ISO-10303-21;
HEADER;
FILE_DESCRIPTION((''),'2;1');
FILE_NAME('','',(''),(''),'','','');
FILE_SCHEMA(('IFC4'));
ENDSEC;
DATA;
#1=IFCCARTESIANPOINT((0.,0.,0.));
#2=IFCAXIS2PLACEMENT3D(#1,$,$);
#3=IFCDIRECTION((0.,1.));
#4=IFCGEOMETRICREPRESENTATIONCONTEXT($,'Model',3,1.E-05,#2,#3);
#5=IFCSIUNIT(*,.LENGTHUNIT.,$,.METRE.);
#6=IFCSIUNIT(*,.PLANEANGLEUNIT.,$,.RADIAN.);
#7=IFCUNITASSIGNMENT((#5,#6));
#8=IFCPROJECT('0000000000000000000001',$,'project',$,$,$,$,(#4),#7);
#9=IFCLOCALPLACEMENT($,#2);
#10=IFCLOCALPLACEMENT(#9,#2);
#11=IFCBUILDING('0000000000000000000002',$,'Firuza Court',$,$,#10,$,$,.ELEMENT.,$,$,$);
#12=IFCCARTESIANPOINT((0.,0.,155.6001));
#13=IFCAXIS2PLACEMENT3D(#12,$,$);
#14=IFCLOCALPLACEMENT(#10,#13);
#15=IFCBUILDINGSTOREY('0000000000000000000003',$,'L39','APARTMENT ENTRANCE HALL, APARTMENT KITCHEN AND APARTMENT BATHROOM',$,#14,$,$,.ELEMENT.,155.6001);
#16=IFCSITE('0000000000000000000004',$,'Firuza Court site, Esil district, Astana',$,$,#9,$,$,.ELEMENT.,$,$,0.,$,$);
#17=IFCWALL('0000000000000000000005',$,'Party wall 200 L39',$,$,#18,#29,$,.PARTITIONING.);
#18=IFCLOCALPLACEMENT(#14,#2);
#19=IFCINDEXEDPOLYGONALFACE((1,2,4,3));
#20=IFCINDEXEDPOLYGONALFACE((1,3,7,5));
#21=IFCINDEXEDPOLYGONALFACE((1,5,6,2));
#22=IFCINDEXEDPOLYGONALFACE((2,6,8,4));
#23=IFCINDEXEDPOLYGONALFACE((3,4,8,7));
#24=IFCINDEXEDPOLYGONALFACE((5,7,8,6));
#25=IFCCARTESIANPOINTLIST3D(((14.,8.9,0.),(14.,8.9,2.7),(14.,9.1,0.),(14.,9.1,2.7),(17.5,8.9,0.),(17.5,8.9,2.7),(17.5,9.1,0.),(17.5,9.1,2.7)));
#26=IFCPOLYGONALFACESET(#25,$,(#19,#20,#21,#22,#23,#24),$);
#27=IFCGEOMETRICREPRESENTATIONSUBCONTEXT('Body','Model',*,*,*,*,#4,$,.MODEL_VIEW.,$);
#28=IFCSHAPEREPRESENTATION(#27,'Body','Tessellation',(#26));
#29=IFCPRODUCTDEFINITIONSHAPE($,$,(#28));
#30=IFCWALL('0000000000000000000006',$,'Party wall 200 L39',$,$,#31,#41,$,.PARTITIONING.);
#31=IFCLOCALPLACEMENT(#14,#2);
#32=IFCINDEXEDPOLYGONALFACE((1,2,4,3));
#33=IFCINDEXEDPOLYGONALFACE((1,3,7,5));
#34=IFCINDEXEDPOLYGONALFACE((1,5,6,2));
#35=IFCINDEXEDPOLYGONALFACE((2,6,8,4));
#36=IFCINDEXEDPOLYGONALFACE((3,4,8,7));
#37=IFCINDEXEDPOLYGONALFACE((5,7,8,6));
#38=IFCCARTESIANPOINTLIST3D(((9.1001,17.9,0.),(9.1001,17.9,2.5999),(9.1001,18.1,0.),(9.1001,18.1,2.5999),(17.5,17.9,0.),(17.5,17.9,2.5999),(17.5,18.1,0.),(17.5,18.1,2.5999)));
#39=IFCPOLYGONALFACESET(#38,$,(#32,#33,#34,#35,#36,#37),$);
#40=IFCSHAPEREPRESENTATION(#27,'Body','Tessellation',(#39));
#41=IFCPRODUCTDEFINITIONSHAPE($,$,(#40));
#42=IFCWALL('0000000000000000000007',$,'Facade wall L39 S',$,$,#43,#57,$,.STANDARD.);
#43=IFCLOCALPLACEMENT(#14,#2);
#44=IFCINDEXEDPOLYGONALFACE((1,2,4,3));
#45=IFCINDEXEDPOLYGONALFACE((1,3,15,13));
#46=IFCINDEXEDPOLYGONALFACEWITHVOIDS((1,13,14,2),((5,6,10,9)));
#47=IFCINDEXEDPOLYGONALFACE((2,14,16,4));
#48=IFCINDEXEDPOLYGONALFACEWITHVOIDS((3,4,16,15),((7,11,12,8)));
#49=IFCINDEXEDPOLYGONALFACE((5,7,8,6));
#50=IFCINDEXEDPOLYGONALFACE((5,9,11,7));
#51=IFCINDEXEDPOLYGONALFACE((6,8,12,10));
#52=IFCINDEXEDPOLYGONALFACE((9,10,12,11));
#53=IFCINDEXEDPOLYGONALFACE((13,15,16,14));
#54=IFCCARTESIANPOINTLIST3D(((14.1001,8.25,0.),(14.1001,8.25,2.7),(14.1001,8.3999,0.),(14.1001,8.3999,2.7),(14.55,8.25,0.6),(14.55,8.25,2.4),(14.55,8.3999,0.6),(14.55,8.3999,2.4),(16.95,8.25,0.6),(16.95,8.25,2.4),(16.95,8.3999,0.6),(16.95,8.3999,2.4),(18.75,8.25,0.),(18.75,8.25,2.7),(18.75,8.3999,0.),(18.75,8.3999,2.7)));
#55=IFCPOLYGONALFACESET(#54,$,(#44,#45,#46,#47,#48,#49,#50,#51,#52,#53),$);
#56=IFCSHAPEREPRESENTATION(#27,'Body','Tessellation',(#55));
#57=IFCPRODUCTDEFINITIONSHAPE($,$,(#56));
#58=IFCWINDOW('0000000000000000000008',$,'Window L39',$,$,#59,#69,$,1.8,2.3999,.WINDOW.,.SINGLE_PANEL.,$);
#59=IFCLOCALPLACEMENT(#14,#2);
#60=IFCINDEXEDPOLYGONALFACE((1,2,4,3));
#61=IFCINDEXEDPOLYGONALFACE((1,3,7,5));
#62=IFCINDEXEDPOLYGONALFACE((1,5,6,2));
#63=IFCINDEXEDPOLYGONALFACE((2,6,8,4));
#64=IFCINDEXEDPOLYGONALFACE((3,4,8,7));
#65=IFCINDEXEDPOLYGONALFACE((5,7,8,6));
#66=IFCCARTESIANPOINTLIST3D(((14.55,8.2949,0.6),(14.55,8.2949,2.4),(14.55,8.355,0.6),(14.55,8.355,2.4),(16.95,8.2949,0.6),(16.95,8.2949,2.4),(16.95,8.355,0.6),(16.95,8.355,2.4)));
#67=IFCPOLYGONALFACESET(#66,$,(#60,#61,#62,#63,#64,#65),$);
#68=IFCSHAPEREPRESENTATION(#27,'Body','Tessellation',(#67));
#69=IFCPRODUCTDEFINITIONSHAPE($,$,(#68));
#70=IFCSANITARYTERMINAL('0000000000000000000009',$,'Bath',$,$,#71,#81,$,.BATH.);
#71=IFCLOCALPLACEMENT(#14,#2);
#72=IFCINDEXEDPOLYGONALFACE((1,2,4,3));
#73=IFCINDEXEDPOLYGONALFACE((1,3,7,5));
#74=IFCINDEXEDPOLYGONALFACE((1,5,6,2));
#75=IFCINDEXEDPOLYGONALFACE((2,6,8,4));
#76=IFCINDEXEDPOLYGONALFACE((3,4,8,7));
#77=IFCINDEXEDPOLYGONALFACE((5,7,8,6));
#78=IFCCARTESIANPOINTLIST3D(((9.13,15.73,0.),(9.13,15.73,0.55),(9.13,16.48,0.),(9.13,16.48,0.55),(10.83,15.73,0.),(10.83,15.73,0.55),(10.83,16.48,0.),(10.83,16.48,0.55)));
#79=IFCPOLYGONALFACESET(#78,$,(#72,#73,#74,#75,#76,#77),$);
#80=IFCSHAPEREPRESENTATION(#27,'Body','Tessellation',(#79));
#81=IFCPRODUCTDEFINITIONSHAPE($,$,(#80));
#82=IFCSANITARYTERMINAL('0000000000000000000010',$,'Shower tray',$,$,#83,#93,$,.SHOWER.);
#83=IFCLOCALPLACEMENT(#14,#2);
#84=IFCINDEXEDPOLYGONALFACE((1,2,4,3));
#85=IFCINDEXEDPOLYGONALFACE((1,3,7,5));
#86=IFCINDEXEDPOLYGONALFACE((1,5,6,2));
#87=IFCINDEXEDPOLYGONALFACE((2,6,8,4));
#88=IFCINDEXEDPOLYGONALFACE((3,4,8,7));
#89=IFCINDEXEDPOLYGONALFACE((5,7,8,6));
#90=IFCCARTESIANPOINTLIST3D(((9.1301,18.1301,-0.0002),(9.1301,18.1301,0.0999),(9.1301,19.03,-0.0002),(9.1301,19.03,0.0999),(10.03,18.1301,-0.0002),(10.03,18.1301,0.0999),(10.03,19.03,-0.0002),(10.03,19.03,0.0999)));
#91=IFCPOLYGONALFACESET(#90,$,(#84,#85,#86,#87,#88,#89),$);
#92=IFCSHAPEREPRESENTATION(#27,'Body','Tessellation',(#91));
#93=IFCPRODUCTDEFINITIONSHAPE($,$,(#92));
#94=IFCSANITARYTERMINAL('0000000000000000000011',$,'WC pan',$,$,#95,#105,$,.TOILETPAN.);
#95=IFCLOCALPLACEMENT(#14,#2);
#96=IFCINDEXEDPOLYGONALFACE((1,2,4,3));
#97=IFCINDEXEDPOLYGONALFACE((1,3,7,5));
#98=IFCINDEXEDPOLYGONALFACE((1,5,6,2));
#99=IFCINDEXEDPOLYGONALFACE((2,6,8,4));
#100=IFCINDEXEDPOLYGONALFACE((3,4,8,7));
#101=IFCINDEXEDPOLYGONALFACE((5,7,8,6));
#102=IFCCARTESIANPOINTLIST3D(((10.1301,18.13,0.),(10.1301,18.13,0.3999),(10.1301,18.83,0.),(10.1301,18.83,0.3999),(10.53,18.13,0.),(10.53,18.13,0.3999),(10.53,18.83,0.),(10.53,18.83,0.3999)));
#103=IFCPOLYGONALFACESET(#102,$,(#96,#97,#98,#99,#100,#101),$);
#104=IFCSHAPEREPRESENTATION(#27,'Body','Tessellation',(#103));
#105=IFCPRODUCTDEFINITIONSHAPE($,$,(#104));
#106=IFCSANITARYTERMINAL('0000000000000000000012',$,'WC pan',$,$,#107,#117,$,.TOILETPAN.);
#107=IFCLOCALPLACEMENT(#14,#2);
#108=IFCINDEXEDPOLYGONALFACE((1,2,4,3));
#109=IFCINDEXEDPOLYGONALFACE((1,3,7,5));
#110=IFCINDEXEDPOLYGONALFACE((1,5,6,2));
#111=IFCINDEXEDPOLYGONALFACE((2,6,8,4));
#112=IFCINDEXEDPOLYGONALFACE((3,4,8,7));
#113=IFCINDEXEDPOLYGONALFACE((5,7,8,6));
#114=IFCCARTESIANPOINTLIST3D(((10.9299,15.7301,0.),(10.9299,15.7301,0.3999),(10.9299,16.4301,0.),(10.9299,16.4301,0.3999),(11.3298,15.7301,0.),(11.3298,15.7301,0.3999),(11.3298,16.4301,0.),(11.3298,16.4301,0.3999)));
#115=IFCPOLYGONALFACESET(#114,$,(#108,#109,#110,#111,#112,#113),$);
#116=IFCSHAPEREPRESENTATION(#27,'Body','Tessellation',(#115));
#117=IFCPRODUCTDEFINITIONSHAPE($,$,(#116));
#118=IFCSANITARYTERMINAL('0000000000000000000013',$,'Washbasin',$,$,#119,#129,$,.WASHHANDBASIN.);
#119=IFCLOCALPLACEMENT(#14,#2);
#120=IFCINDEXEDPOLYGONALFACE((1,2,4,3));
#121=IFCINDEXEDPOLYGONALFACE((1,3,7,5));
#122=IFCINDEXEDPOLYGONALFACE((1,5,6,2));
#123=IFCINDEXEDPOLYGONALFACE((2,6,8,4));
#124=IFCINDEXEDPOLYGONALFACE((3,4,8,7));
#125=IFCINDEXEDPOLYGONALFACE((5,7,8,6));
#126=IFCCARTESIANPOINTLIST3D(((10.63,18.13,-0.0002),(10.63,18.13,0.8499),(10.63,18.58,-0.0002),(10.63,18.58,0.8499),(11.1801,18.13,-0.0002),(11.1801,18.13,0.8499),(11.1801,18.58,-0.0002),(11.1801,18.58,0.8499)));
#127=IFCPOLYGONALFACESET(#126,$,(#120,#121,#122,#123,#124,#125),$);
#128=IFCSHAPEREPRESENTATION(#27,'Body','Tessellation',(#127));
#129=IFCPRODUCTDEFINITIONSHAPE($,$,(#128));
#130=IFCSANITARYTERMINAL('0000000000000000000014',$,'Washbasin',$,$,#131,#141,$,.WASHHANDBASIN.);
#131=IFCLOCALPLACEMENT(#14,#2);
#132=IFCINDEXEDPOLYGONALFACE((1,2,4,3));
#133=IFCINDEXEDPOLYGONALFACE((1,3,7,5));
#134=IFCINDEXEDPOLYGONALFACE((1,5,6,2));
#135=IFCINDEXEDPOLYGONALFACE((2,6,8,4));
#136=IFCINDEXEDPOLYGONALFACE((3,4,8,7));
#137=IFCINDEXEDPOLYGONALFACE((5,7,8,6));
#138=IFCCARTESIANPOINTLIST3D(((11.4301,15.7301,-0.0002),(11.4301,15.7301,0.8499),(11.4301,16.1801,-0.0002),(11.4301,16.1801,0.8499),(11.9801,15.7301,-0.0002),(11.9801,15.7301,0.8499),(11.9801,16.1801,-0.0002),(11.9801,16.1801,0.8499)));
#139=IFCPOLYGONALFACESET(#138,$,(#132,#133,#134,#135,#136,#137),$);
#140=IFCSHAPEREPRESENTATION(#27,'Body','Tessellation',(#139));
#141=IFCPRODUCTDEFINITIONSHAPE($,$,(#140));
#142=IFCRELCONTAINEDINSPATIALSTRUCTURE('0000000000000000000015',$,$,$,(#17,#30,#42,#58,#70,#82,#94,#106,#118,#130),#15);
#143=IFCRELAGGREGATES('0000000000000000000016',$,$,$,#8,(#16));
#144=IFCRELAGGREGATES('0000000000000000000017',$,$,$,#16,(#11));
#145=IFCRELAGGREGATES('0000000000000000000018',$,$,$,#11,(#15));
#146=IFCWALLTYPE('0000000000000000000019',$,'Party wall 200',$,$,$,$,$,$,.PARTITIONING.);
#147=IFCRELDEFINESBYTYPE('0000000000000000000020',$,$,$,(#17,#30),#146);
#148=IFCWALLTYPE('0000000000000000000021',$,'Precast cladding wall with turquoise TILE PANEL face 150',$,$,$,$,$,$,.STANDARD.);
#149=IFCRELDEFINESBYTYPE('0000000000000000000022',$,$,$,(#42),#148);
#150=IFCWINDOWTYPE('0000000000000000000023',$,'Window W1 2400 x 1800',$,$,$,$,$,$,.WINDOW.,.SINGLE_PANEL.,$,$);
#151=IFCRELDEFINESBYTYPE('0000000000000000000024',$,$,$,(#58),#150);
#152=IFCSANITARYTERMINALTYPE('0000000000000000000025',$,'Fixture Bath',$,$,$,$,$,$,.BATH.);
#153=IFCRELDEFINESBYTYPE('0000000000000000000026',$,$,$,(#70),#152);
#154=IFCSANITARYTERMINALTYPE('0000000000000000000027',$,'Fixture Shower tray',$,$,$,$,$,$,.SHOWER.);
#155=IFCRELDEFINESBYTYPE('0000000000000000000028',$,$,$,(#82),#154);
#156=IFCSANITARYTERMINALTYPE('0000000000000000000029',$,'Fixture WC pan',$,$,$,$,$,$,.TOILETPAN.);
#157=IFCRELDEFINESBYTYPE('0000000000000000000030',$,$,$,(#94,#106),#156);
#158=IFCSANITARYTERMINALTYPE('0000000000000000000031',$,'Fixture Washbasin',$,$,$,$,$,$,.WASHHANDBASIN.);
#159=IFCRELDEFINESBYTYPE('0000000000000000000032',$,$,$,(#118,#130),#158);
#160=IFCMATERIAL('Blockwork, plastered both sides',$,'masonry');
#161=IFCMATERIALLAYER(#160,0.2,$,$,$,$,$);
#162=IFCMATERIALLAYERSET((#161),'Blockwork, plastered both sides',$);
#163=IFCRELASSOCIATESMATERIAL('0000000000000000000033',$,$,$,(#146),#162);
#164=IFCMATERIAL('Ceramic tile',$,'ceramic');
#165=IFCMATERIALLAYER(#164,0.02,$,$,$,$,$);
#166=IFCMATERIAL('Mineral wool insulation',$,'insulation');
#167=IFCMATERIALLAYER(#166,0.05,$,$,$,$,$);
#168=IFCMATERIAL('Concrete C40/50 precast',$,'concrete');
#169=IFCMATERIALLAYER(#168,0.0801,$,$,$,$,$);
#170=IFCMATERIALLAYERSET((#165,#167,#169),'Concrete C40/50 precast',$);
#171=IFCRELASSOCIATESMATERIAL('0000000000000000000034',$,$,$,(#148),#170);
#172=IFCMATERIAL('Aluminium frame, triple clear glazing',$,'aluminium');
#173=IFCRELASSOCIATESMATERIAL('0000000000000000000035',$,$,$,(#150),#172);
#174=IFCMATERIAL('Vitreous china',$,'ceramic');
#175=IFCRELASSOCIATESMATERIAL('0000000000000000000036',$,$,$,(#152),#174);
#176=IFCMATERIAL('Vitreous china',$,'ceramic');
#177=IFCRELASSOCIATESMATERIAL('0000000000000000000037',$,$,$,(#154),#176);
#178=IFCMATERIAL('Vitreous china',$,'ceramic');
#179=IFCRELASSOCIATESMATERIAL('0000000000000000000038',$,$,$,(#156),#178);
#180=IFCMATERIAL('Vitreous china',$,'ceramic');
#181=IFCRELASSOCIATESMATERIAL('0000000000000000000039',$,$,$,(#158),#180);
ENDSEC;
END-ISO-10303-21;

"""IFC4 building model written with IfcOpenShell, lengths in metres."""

from ifc_helpers import new_model, si_unit, direction, frame, frame_2d, origin, origin_2d, place, context, subcontext, project, spatial, rectangle, extrude, material, layer, layer_set, type_object, element, fill, save


model = new_model("IFC4")

# Units and contexts
model_context = context("Model", 3, precision=1e-05, world=origin(), true_north=direction((0.0, 1.0)))
body_context = subcontext(model_context, "Body", "Model", "MODEL_VIEW")
ifc_project = project(units=[si_unit("LENGTHUNIT", "METRE"), si_unit("PLANEANGLEUNIT", "RADIAN")], contexts=[model_context])

# Site, building, storey
site_placement = place(None, origin())
site = spatial("IfcSite", under=ifc_project, at=site_placement, Name="Firuza Court site, Esil district, Astana", CompositionType="ELEMENT", RefElevation=0.0)
building_placement = place(site_placement, origin())
building = spatial("IfcBuilding", under=site, at=building_placement, Name="Firuza Court", CompositionType="ELEMENT")
storey_placement = place(building_placement, frame((0.0, 0.0, 155.6001)))
storey = spatial("IfcBuildingStorey", under=building, at=storey_placement, Name="L39", Description="APARTMENT ENTRANCE HALL, APARTMENT KITCHEN AND APARTMENT BATHROOM", CompositionType="ELEMENT", Elevation=155.6001)

# Walls
ifc_material_1 = material(Name="Blockwork, plastered both sides", Category="masonry")
ifc_layer_1 = layer(ifc_material_1, 0.2)
ifc_layer_set_1 = layer_set([ifc_layer_1], Name="Blockwork, plastered both sides")
wall_type_1 = type_object("IfcWallType", Name="Party wall 200", PredefinedType="PARTITIONING", material=ifc_layer_set_1)
wall_1_placement = place(storey_placement, frame((14.0, 9.0, 0.0), z_axis=(0.0, 0.0, 1.0), x_axis=(1.0, 0.0, 0.0)))
element("IfcWall", 1, at=wall_1_placement, inside=storey, type_object=wall_type_1, Name="Party wall 200 L39", PredefinedType="PARTITIONING", context=body_context, shape_type="SweptSolid", body=[
    extrude(rectangle(XDim=3.5, YDim=0.2, at=frame_2d((1.75, 0.0))), origin(), (0.0, 0.0, 1.0), 2.7),
])
wall_2_placement = place(storey_placement, frame((9.1001, 18.0, 0.0), z_axis=(0.0, 0.0, 1.0), x_axis=(1.0, 0.0, 0.0)))
element("IfcWall", 2, at=wall_2_placement, inside=storey, type_object=wall_type_1, Name="Party wall 200 L39", PredefinedType="PARTITIONING", context=body_context, shape_type="SweptSolid", body=[
    extrude(rectangle(XDim=8.3999, YDim=0.2, at=frame_2d((4.2, 0.0))), origin(), (0.0, 0.0, 1.0), 2.5999),
])

# Wall, opening, window
ifc_material_2 = material(Name="Ceramic tile", Category="ceramic")
ifc_layer_2 = layer(ifc_material_2, 0.02)
ifc_material_3 = material(Name="Mineral wool insulation", Category="insulation")
ifc_layer_3 = layer(ifc_material_3, 0.05)
ifc_material_4 = material(Name="Concrete C40/50 precast", Category="concrete")
ifc_layer_4 = layer(ifc_material_4, 0.0801)
ifc_layer_set_2 = layer_set([ifc_layer_2, ifc_layer_3, ifc_layer_4], Name="Concrete C40/50 precast")
wall_type_2 = type_object("IfcWallType", Name="Precast cladding wall with turquoise TILE PANEL face 150", PredefinedType="STANDARD", material=ifc_layer_set_2)
wall_3_placement = place(storey_placement, frame((14.1001, 8.325, 0.0), z_axis=(0.0, 0.0, 1.0), x_axis=(1.0, 0.0, 0.0)))
wall_3 = element("IfcWall", 3, at=wall_3_placement, inside=storey, type_object=wall_type_2, Name="Facade wall L39 S", PredefinedType="STANDARD", context=body_context, shape_type="SweptSolid", body=[
    extrude(rectangle(XDim=4.6499, YDim=0.1499, at=frame_2d((2.325, 0.0))), origin(), (0.0, 0.0, 1.0), 2.7),
])
opening_1_placement = place(wall_3_placement, frame((0.45, 0.0, 0.6001)))
opening_1 = element("IfcOpeningElement", 4, at=opening_1_placement, cuts=wall_3, PredefinedType="OPENING", context=body_context, shape_type="SweptSolid", body=[
    extrude(rectangle(XDim=2.3999, YDim=1.8, at=frame_2d((1.2, 0.8999))), frame((0.0, 0.0869, 0.0), z_axis=(0.0, -1.0, 0.0), x_axis=(1.0, 0.0, 0.0)), (0.0, 0.0, 1.0), 0.1738),
])
ifc_material_5 = material(Name="Aluminium frame, triple clear glazing", Category="aluminium")
window_type = type_object("IfcWindowType", Name="Window W1 2400 x 1800", PartitioningType="SINGLE_PANEL", PredefinedType="WINDOW", material=ifc_material_5)
window_placement = place(opening_1_placement, origin())
window = element("IfcWindow", 5, at=window_placement, inside=storey, type_object=window_type, Name="Window L39", OverallHeight=1.8, OverallWidth=2.3999, PartitioningType="SINGLE_PANEL", PredefinedType="WINDOW", context=body_context, shape_type="SweptSolid", body=[
    extrude(rectangle(XDim=2.3999, YDim=1.8, at=frame_2d((1.2, 0.8999))), frame((0.0, 0.03, 0.0), z_axis=(0.0, -1.0, 0.0), x_axis=(1.0, 0.0, 0.0)), (0.0, 0.0, 1.0), 0.0601),
])
fill(opening_1, window)

# Sanitary terminals
ifc_material_6 = material(Name="Vitreous china", Category="ceramic")
sanitary_terminal_type_1 = type_object("IfcSanitaryTerminalType", Name="Fixture Bath", PredefinedType="BATH", material=ifc_material_6)
sanitary_terminal_1_placement = place(storey_placement, frame((9.98, 16.105, 0.0), z_axis=(0.0, 0.0, 1.0), x_axis=(1.0, 0.0, 0.0)))
element("IfcSanitaryTerminal", 6, at=sanitary_terminal_1_placement, inside=storey, type_object=sanitary_terminal_type_1, Name="Bath", PredefinedType="BATH", context=body_context, shape_type="SweptSolid", body=[
    extrude(rectangle(XDim=1.7, YDim=0.75, at=origin_2d()), origin(), (0.0, 0.0, 1.0), 0.55),
])
ifc_material_7 = material(Name="Vitreous china", Category="ceramic")
sanitary_terminal_type_2 = type_object("IfcSanitaryTerminalType", Name="Fixture Shower tray", PredefinedType="SHOWER", material=ifc_material_7)
sanitary_terminal_2_placement = place(storey_placement, frame((9.5801, 18.5801, -0.0002), z_axis=(0.0, 0.0, 1.0), x_axis=(1.0, 0.0, 0.0)))
element("IfcSanitaryTerminal", 7, at=sanitary_terminal_2_placement, inside=storey, type_object=sanitary_terminal_type_2, Name="Shower tray", PredefinedType="SHOWER", context=body_context, shape_type="SweptSolid", body=[
    extrude(rectangle(XDim=0.8999, YDim=0.8999, at=origin_2d()), origin(), (0.0, 0.0, 1.0), 0.1001),
])
ifc_material_8 = material(Name="Vitreous china", Category="ceramic")
sanitary_terminal_type_3 = type_object("IfcSanitaryTerminalType", Name="Fixture WC pan", PredefinedType="TOILETPAN", material=ifc_material_8)
for number, where, z_axis, x_axis, name in (
    (8, (10.3301, 18.48, 0.0), (0.0, 0.0, 1.0), (1.0, 0.0, 0.0), "WC pan"),
    (9, (11.1299, 16.0801, 0.0), (0.0, 0.0, 1.0), (1.0, 0.0, 0.0), "WC pan"),
):
    element("IfcSanitaryTerminal", number, at=place(storey_placement, frame(where, z_axis=z_axis, x_axis=x_axis)), inside=storey, type_object=sanitary_terminal_type_3, Name=name, PredefinedType="TOILETPAN", context=body_context, shape_type="SweptSolid", body=[
        extrude(rectangle(XDim=0.3999, YDim=0.7, at=origin_2d()), origin(), (0.0, 0.0, 1.0), 0.3999),
    ])
ifc_material_9 = material(Name="Vitreous china", Category="ceramic")
sanitary_terminal_type_4 = type_object("IfcSanitaryTerminalType", Name="Fixture Washbasin", PredefinedType="WASHHANDBASIN", material=ifc_material_9)
for number, where, z_axis, x_axis, name in (
    (10, (10.905, 18.355, -0.0002), (0.0, 0.0, 1.0), (1.0, 0.0, 0.0), "Washbasin"),
    (11, (11.7051, 15.9551, -0.0002), (0.0, 0.0, 1.0), (1.0, 0.0, 0.0), "Washbasin"),
):
    element("IfcSanitaryTerminal", number, at=place(storey_placement, frame(where, z_axis=z_axis, x_axis=x_axis)), inside=storey, type_object=sanitary_terminal_type_4, Name=name, PredefinedType="WASHHANDBASIN", context=body_context, shape_type="SweptSolid", body=[
        extrude(rectangle(XDim=0.55, YDim=0.45, at=origin_2d()), origin(), (0.0, 0.0, 1.0), 0.8501),
    ])

save(model, "model.ifc")
